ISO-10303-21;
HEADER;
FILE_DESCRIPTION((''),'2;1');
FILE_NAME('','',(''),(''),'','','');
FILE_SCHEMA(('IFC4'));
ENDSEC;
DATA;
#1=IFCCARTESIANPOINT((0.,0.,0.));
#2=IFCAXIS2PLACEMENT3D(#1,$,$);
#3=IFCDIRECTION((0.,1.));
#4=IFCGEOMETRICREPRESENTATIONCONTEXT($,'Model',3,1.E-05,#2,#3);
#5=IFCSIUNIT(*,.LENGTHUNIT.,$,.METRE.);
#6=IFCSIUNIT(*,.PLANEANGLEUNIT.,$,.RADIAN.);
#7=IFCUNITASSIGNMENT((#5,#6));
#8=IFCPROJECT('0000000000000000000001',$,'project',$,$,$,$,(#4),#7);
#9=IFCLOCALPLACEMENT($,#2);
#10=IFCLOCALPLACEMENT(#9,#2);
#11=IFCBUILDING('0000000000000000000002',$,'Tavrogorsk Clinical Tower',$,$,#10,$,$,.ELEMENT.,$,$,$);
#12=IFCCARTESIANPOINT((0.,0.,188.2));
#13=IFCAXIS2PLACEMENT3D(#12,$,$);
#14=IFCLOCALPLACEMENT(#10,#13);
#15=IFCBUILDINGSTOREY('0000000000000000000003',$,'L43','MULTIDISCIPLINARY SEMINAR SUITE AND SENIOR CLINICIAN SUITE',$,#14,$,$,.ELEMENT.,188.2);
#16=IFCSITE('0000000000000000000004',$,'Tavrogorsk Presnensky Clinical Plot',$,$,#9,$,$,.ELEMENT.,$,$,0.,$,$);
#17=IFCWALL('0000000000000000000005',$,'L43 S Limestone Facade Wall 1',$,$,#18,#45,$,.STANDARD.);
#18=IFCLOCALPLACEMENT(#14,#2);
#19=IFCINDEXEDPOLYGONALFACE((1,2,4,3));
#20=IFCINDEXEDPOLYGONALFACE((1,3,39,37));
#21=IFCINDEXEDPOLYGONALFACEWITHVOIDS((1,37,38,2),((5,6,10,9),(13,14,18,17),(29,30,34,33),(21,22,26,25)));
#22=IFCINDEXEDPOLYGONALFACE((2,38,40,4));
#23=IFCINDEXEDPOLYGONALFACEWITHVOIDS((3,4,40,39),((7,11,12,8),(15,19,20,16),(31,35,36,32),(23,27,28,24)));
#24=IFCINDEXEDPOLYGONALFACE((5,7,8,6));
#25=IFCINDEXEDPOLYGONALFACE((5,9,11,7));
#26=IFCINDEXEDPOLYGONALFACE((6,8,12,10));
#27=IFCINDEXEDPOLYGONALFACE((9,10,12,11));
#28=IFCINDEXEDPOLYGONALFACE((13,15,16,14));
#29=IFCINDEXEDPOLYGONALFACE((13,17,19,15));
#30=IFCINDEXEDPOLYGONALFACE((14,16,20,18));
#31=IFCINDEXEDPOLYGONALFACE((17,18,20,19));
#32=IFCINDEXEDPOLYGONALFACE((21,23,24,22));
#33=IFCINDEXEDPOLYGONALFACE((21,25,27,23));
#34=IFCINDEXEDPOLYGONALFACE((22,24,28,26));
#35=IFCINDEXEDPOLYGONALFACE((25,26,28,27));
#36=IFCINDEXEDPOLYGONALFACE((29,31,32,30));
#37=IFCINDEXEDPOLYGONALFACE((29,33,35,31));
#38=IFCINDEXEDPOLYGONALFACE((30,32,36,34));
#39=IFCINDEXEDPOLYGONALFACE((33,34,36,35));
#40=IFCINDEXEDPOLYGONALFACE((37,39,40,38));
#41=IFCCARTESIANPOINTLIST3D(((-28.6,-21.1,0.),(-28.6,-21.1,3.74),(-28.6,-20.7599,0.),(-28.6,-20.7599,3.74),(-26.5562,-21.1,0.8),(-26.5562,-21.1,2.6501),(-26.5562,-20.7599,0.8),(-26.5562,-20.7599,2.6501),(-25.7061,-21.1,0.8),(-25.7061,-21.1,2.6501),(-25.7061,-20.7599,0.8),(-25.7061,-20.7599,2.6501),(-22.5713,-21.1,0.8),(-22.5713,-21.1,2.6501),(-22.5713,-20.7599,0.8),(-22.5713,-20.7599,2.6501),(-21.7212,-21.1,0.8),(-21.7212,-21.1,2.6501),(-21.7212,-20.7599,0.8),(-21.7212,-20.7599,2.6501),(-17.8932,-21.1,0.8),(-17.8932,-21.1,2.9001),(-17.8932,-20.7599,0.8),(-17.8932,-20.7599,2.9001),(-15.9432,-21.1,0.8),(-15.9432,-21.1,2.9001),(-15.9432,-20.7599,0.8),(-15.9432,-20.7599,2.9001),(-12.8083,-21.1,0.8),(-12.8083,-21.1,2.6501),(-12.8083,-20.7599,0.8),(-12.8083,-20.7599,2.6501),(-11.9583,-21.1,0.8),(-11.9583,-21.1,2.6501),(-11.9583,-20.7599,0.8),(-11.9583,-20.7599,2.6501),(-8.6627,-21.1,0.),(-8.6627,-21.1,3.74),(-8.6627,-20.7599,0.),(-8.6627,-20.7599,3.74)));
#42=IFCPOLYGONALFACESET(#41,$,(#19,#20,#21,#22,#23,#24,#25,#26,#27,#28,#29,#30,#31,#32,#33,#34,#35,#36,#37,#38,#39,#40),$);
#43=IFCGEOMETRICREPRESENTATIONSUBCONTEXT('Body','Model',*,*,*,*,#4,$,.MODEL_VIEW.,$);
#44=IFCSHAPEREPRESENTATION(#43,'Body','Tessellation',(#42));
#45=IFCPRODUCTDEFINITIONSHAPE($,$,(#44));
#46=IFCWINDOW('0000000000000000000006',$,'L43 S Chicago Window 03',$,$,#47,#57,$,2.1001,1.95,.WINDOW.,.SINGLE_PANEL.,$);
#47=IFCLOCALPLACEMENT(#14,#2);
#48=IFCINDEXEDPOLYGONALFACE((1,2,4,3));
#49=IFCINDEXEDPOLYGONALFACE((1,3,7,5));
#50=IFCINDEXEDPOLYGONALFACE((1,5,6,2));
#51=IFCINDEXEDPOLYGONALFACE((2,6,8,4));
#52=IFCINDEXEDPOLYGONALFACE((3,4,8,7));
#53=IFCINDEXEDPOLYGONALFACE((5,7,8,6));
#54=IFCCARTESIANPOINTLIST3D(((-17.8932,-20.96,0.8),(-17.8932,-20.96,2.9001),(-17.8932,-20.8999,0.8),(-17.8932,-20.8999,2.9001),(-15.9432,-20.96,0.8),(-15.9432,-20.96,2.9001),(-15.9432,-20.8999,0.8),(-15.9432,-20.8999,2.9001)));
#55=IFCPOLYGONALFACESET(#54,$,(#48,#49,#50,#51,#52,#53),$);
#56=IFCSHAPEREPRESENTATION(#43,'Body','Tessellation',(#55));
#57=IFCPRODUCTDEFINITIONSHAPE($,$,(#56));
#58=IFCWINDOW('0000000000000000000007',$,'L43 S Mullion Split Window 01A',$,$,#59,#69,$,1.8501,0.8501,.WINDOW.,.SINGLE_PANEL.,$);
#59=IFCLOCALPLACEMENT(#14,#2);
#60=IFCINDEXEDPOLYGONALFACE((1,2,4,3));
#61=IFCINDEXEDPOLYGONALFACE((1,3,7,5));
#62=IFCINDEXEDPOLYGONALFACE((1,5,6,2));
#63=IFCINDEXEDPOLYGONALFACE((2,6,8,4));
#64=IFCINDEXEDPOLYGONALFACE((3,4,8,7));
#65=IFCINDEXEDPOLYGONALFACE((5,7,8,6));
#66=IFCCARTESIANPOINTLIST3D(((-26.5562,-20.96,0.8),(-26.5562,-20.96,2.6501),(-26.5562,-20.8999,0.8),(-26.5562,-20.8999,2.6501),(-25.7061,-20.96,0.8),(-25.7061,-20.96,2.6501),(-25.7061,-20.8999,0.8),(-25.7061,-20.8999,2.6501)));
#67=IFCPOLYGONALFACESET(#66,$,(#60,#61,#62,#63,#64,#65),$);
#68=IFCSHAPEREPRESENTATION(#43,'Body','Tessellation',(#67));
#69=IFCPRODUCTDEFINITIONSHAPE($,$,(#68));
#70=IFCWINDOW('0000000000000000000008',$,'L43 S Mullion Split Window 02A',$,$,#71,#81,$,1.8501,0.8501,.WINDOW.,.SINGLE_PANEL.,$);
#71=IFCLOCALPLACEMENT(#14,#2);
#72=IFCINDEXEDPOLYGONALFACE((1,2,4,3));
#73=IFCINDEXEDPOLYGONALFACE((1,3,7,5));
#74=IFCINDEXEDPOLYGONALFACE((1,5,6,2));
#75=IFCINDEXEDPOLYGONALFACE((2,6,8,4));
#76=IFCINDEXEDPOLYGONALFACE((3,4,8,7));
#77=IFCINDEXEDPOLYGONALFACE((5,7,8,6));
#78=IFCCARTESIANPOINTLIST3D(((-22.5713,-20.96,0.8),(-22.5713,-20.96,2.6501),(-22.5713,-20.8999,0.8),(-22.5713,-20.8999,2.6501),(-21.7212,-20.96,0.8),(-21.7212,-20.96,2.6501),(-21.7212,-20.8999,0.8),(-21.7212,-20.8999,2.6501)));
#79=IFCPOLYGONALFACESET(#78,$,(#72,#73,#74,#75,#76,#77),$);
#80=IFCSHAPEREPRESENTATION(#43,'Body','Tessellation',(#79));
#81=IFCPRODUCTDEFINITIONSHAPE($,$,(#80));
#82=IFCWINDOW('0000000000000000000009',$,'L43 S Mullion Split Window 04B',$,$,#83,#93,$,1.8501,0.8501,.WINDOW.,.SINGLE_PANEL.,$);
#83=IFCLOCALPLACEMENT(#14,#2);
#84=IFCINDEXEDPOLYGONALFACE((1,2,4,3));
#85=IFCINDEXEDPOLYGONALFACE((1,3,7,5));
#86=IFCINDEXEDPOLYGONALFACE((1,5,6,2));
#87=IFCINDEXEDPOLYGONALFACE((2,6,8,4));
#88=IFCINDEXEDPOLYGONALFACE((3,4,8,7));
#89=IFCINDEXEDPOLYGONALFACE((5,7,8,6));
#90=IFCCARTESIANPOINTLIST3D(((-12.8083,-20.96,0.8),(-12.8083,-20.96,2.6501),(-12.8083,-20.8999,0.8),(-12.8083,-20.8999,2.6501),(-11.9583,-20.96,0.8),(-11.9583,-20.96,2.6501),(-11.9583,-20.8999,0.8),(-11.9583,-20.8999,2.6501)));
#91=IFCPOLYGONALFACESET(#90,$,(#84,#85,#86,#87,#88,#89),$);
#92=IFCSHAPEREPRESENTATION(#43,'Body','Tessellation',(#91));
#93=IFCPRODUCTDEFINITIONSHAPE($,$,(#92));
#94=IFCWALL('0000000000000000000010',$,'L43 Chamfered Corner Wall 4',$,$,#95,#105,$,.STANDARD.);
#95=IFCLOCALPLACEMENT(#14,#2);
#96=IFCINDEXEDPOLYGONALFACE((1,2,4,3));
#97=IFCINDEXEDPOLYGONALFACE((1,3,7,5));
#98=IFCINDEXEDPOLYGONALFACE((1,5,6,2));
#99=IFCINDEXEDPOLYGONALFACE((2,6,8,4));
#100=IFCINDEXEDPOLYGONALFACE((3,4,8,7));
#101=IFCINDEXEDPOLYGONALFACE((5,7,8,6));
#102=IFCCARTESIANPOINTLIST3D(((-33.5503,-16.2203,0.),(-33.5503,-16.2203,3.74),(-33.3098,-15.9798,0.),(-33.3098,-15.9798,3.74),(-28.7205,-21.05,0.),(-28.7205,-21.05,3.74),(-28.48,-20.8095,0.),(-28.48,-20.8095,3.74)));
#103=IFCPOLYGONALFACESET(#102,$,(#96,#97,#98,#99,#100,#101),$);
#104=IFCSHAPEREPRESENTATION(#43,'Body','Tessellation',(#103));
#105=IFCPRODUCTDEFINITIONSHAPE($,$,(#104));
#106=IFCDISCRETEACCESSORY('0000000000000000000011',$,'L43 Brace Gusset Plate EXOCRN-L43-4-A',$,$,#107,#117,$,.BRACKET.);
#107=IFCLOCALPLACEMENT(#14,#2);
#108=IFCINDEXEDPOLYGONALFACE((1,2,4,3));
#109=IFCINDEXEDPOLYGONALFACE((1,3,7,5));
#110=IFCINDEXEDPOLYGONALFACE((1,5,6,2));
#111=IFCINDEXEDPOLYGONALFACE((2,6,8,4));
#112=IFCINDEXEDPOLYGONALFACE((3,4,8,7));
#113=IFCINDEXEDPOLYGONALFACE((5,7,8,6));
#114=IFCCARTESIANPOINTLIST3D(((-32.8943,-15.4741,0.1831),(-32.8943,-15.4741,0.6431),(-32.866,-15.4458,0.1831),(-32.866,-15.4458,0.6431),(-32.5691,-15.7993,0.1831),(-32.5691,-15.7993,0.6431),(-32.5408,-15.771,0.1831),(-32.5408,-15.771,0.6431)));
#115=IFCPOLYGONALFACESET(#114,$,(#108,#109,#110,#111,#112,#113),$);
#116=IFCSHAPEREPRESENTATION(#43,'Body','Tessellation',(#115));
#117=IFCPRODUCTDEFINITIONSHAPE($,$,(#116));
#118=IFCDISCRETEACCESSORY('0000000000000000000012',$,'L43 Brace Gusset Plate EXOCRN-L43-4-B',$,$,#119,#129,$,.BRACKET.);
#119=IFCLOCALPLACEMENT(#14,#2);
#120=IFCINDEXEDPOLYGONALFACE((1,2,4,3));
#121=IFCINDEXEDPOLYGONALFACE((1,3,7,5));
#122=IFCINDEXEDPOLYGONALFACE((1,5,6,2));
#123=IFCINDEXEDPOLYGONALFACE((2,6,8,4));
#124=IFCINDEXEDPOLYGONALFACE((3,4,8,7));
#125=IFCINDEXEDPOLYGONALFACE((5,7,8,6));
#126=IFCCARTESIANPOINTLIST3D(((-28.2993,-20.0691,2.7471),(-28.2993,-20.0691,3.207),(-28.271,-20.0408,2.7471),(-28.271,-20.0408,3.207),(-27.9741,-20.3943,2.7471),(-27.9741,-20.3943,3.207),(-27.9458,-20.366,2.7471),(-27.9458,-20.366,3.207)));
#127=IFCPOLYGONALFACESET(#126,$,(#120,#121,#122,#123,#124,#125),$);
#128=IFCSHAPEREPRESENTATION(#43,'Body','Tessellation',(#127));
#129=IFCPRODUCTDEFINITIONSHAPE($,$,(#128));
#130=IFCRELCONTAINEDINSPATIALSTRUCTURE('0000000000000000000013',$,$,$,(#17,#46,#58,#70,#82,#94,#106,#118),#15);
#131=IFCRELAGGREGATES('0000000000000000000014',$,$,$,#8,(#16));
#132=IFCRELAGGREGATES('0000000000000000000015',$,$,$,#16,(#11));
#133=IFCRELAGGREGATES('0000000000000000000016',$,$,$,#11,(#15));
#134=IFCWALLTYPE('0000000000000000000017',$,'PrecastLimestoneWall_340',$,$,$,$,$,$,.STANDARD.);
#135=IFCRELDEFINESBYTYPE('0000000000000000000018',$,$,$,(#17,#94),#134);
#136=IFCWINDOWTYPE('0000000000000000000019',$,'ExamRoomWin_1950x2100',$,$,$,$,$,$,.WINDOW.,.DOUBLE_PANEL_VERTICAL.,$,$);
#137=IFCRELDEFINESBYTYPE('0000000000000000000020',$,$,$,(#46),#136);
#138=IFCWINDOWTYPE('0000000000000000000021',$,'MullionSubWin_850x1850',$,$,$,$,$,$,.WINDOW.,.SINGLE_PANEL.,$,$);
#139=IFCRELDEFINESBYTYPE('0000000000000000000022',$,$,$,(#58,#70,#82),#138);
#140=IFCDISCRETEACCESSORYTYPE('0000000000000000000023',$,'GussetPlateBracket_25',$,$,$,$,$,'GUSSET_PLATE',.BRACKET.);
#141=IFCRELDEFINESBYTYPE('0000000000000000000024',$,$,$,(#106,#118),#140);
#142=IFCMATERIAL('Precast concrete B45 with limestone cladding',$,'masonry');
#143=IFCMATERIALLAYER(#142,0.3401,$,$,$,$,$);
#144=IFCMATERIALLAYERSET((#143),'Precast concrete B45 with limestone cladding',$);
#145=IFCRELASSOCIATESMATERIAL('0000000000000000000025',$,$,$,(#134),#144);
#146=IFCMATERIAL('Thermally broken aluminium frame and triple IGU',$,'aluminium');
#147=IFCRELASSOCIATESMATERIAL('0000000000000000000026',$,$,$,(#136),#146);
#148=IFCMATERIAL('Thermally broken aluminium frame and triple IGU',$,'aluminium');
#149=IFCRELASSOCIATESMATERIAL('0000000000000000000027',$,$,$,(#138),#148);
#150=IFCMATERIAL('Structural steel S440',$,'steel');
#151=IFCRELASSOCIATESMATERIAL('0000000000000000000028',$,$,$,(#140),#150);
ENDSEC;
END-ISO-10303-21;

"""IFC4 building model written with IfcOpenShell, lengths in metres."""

from ifc_helpers import new_model, si_unit, direction, frame, frame_2d, origin, origin_2d, place, context, subcontext, project, spatial, rectangle, extrude, material, layer, layer_set, type_object, element, fill, save


model = new_model("IFC4")

# Units and contexts
model_context = context("Model", 3, precision=1e-05, world=origin(), true_north=direction((0.0, 1.0)))
body_context = subcontext(model_context, "Body", "Model", "MODEL_VIEW")
ifc_project = project(units=[si_unit("LENGTHUNIT", "METRE"), si_unit("PLANEANGLEUNIT", "RADIAN")], contexts=[model_context])

# Site, building, storey
site_placement = place(None, origin())
site = spatial("IfcSite", under=ifc_project, at=site_placement, Name="Tavrogorsk Presnensky Clinical Plot", CompositionType="ELEMENT", RefElevation=0.0)
building_placement = place(site_placement, origin())
building = spatial("IfcBuilding", under=site, at=building_placement, Name="Tavrogorsk Clinical Tower", CompositionType="ELEMENT")
storey_placement = place(building_placement, frame((0.0, 0.0, 188.2)))
storey = spatial("IfcBuildingStorey", under=building, at=storey_placement, Name="L43", Description="MULTIDISCIPLINARY SEMINAR SUITE AND SENIOR CLINICIAN SUITE", CompositionType="ELEMENT", Elevation=188.2)

# Wall, openings, windows
ifc_material_1 = material(Name="Precast concrete B45 with limestone cladding", Category="masonry")
ifc_layer_1 = layer(ifc_material_1, 0.3401)
ifc_layer_set_1 = layer_set([ifc_layer_1], Name="Precast concrete B45 with limestone cladding")
wall_type_1 = type_object("IfcWallType", Name="PrecastLimestoneWall_340", PredefinedType="STANDARD", material=ifc_layer_set_1)
wall_1_placement = place(storey_placement, frame((-28.6001, -20.9299, 0.0), z_axis=(0.0, 0.0, 1.0), x_axis=(1.0, 0.0, 0.0)))
wall_1 = element("IfcWall", 1, at=wall_1_placement, inside=storey, type_object=wall_type_1, Name="L43 S Limestone Facade Wall 1", PredefinedType="STANDARD", context=body_context, shape_type="SweptSolid", body=[
    extrude(rectangle(XDim=19.9373, YDim=0.3401, at=frame_2d((9.9688, 0.0))), origin(), (0.0, 0.0, 1.0), 3.74),
])
opening_1_placement = place(wall_1_placement, frame((2.0439, 0.0, 0.8)))
opening_1 = element("IfcOpeningElement", 2, at=opening_1_placement, cuts=wall_1, PredefinedType="OPENING", context=body_context, shape_type="SweptSolid", body=[
    extrude(rectangle(XDim=0.8501, YDim=1.8501, at=frame_2d((0.425, 0.925))), frame((0.0, 0.1799, 0.0), z_axis=(0.0, -1.0, 0.0), x_axis=(1.0, 0.0, 0.0)), (0.0, 0.0, 1.0), 0.3601),
])
opening_2_placement = place(wall_1_placement, frame((6.0288, 0.0, 0.8)))
opening_2 = element("IfcOpeningElement", 3, at=opening_2_placement, cuts=wall_1, PredefinedType="OPENING", context=body_context, shape_type="SweptSolid", body=[
    extrude(rectangle(XDim=0.8501, YDim=1.8501, at=frame_2d((0.425, 0.925))), frame((0.0, 0.1799, 0.0), z_axis=(0.0, -1.0, 0.0), x_axis=(1.0, 0.0, 0.0)), (0.0, 0.0, 1.0), 0.3601),
])
opening_3_placement = place(wall_1_placement, frame((10.7068, 0.0, 0.8)))
opening_3 = element("IfcOpeningElement", 4, at=opening_3_placement, cuts=wall_1, PredefinedType="OPENING", context=body_context, shape_type="SweptSolid", body=[
    extrude(rectangle(XDim=1.95, YDim=2.1001, at=frame_2d((0.9751, 1.05))), frame((0.0, 0.1799, 0.0), z_axis=(0.0, -1.0, 0.0), x_axis=(1.0, 0.0, 0.0)), (0.0, 0.0, 1.0), 0.3601),
])
opening_4_placement = place(wall_1_placement, frame((15.7917, 0.0, 0.8)))
opening_4 = element("IfcOpeningElement", 5, at=opening_4_placement, cuts=wall_1, PredefinedType="OPENING", context=body_context, shape_type="SweptSolid", body=[
    extrude(rectangle(XDim=0.8501, YDim=1.8501, at=frame_2d((0.425, 0.925))), frame((0.0, 0.1799, 0.0), z_axis=(0.0, -1.0, 0.0), x_axis=(1.0, 0.0, 0.0)), (0.0, 0.0, 1.0), 0.3601),
])
ifc_material_2 = material(Name="Thermally broken aluminium frame and triple IGU", Category="aluminium")
window_type_1 = type_object("IfcWindowType", Name="ExamRoomWin_1950x2100", PartitioningType="DOUBLE_PANEL_VERTICAL", PredefinedType="WINDOW", material=ifc_material_2)
window_1_placement = place(opening_3_placement, origin())
window_1 = element("IfcWindow", 6, at=window_1_placement, inside=storey, type_object=window_type_1, Name="L43 S Chicago Window 03", OverallHeight=2.1001, OverallWidth=1.95, PartitioningType="SINGLE_PANEL", PredefinedType="WINDOW", context=body_context, shape_type="SweptSolid", body=[
    extrude(rectangle(XDim=1.95, YDim=2.1001, at=frame_2d((0.9751, 1.05))), frame((0.0, 0.03, 0.0), z_axis=(0.0, -1.0, 0.0), x_axis=(1.0, 0.0, 0.0)), (0.0, 0.0, 1.0), 0.0601),
])
fill(opening_3, window_1)
ifc_material_3 = material(Name="Thermally broken aluminium frame and triple IGU", Category="aluminium")
window_type_2 = type_object("IfcWindowType", Name="MullionSubWin_850x1850", PartitioningType="SINGLE_PANEL", PredefinedType="WINDOW", material=ifc_material_3)
window_2_placement = place(opening_1_placement, origin())
window_2 = element("IfcWindow", 7, at=window_2_placement, inside=storey, type_object=window_type_2, Name="L43 S Mullion Split Window 01A", OverallHeight=1.8501, OverallWidth=0.8501, PartitioningType="SINGLE_PANEL", PredefinedType="WINDOW", context=body_context, shape_type="SweptSolid", body=[
    extrude(rectangle(XDim=0.8501, YDim=1.8501, at=frame_2d((0.425, 0.925))), frame((0.0, 0.03, 0.0), z_axis=(0.0, -1.0, 0.0), x_axis=(1.0, 0.0, 0.0)), (0.0, 0.0, 1.0), 0.0601),
])
fill(opening_1, window_2)
window_3_placement = place(opening_2_placement, origin())
window_3 = element("IfcWindow", 8, at=window_3_placement, inside=storey, type_object=window_type_2, Name="L43 S Mullion Split Window 02A", OverallHeight=1.8501, OverallWidth=0.8501, PartitioningType="SINGLE_PANEL", PredefinedType="WINDOW", context=body_context, shape_type="SweptSolid", body=[
    extrude(rectangle(XDim=0.8501, YDim=1.8501, at=frame_2d((0.425, 0.925))), frame((0.0, 0.03, 0.0), z_axis=(0.0, -1.0, 0.0), x_axis=(1.0, 0.0, 0.0)), (0.0, 0.0, 1.0), 0.0601),
])
fill(opening_2, window_3)
window_4_placement = place(opening_4_placement, origin())
window_4 = element("IfcWindow", 9, at=window_4_placement, inside=storey, type_object=window_type_2, Name="L43 S Mullion Split Window 04B", OverallHeight=1.8501, OverallWidth=0.8501, PartitioningType="SINGLE_PANEL", PredefinedType="WINDOW", context=body_context, shape_type="SweptSolid", body=[
    extrude(rectangle(XDim=0.8501, YDim=1.8501, at=frame_2d((0.425, 0.925))), frame((0.0, 0.03, 0.0), z_axis=(0.0, -1.0, 0.0), x_axis=(1.0, 0.0, 0.0)), (0.0, 0.0, 1.0), 0.0601),
])
fill(opening_4, window_4)

# Wall
wall_2_placement = place(storey_placement, frame((-33.4299, -16.1001, 0.0), z_axis=(0.0, 0.0, 1.0), x_axis=(0.707107, -0.707107, 0.0)))
element("IfcWall", 10, at=wall_2_placement, inside=storey, type_object=wall_type_1, Name="L43 Chamfered Corner Wall 4", PredefinedType="STANDARD", context=body_context, shape_type="SweptSolid", body=[
    extrude(rectangle(XDim=6.8303, YDim=0.3401, at=frame_2d((3.415, 0.0))), origin(), (0.0, 0.0, 1.0), 3.74),
])

# Discrete accessories
ifc_material_4 = material(Name="Structural steel S440", Category="steel")
discrete_accessory_type = type_object("IfcDiscreteAccessoryType", Name="GussetPlateBracket_25", ElementType="GUSSET_PLATE", PredefinedType="BRACKET", material=ifc_material_4)
for number, where, z_axis, x_axis, name in (
    (11, (-32.7175, -15.6226, 0.1831), (0.0, 0.0, 1.0), (0.707107, -0.707107, 0.0), "L43 Brace Gusset Plate EXOCRN-L43-4-A"),
    (12, (-28.1226, -20.2175, 2.7471), (0.0, 0.0, 1.0), (0.707107, -0.707107, 0.0), "L43 Brace Gusset Plate EXOCRN-L43-4-B"),
):
    element("IfcDiscreteAccessory", number, at=place(storey_placement, frame(where, z_axis=z_axis, x_axis=x_axis)), inside=storey, type_object=discrete_accessory_type, Name=name, PredefinedType="BRACKET", context=body_context, shape_type="SweptSolid", body=[
        extrude(rectangle(XDim=0.46, YDim=0.04, at=origin_2d()), origin(), (0.0, 0.0, 1.0), 0.46),
    ])

save(model, "model.ifc")
